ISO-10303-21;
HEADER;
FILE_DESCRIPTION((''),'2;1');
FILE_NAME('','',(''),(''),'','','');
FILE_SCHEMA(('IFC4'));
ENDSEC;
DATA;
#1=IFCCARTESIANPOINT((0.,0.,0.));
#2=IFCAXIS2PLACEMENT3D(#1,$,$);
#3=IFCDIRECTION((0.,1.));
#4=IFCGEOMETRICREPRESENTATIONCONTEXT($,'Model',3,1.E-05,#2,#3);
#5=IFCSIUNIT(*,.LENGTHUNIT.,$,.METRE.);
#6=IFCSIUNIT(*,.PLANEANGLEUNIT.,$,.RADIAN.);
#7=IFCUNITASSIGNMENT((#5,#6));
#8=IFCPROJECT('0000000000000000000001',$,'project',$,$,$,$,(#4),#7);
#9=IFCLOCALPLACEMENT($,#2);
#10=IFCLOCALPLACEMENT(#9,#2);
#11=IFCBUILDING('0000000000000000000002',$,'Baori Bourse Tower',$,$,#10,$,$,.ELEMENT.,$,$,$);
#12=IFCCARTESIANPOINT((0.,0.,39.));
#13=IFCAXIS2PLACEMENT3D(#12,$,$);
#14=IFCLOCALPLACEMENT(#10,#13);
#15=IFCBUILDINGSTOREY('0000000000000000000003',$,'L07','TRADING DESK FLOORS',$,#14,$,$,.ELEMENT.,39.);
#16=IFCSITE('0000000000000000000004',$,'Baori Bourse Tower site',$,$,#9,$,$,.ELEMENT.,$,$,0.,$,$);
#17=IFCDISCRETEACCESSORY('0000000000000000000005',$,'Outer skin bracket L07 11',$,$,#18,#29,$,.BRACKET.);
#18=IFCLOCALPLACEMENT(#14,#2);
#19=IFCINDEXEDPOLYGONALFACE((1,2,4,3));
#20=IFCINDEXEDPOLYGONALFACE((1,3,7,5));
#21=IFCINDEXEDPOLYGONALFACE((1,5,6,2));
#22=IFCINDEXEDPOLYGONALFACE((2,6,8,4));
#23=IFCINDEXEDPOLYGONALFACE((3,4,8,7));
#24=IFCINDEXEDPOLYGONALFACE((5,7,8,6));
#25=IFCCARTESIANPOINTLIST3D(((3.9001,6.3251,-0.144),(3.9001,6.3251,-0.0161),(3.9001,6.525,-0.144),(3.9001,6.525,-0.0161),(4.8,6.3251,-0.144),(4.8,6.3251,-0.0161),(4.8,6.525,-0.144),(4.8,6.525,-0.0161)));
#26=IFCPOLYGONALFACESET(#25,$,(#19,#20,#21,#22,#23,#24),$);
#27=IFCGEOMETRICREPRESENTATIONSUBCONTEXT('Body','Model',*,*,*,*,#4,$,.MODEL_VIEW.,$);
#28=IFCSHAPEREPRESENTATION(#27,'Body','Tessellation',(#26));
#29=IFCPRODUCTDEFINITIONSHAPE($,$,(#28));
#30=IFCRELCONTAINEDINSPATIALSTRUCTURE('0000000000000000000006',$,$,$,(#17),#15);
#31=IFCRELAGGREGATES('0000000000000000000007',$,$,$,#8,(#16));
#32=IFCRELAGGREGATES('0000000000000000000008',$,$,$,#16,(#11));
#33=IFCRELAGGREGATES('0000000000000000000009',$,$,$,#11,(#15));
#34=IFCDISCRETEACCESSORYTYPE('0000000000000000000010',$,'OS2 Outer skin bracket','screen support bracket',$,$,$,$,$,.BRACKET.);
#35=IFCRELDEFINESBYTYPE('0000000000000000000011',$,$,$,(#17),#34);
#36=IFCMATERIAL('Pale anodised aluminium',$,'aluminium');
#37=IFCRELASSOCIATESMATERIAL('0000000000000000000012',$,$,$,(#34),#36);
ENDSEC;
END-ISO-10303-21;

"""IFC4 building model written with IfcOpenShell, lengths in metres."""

from ifc_helpers import new_model, si_unit, direction, frame, origin, origin_2d, place, context, subcontext, project, spatial, rectangle, extrude, material, type_object, element, save


model = new_model("IFC4")

# Units and contexts
model_context = context("Model", 3, precision=1e-05, world=origin(), true_north=direction((0.0, 1.0)))
body_context = subcontext(model_context, "Body", "Model", "MODEL_VIEW")
ifc_project = project(units=[si_unit("LENGTHUNIT", "METRE"), si_unit("PLANEANGLEUNIT", "RADIAN")], contexts=[model_context])

# Site, building, storey
site_placement = place(None, origin())
site = spatial("IfcSite", under=ifc_project, at=site_placement, Name="Baori Bourse Tower site", CompositionType="ELEMENT", RefElevation=0.0)
building_placement = place(site_placement, origin())
building = spatial("IfcBuilding", under=site, at=building_placement, Name="Baori Bourse Tower", CompositionType="ELEMENT")
storey_placement = place(building_placement, frame((0.0, 0.0, 39.0)))
storey = spatial("IfcBuildingStorey", under=building, at=storey_placement, Name="L07", Description="TRADING DESK FLOORS", CompositionType="ELEMENT", Elevation=39.0)

# Discrete accessory
ifc_material_1 = material(Name="Pale anodised aluminium", Category="aluminium")
discrete_accessory_type = type_object("IfcDiscreteAccessoryType", Name="OS2 Outer skin bracket", Description="screen support bracket", PredefinedType="BRACKET", material=ifc_material_1)
discrete_accessory_placement = place(storey_placement, frame((4.3501, 6.425, -0.144), z_axis=(0.0, 0.0, 1.0), x_axis=(0.0, -1.0, 0.0)))
element("IfcDiscreteAccessory", 1, at=discrete_accessory_placement, inside=storey, type_object=discrete_accessory_type, Name="Outer skin bracket L07 11", PredefinedType="BRACKET", context=body_context, shape_type="SweptSolid", body=[
    extrude(rectangle(XDim=0.2, YDim=0.8999, at=origin_2d()), origin(), (0.0, 0.0, 1.0), 0.1279),
])

save(model, "model.ifc")
